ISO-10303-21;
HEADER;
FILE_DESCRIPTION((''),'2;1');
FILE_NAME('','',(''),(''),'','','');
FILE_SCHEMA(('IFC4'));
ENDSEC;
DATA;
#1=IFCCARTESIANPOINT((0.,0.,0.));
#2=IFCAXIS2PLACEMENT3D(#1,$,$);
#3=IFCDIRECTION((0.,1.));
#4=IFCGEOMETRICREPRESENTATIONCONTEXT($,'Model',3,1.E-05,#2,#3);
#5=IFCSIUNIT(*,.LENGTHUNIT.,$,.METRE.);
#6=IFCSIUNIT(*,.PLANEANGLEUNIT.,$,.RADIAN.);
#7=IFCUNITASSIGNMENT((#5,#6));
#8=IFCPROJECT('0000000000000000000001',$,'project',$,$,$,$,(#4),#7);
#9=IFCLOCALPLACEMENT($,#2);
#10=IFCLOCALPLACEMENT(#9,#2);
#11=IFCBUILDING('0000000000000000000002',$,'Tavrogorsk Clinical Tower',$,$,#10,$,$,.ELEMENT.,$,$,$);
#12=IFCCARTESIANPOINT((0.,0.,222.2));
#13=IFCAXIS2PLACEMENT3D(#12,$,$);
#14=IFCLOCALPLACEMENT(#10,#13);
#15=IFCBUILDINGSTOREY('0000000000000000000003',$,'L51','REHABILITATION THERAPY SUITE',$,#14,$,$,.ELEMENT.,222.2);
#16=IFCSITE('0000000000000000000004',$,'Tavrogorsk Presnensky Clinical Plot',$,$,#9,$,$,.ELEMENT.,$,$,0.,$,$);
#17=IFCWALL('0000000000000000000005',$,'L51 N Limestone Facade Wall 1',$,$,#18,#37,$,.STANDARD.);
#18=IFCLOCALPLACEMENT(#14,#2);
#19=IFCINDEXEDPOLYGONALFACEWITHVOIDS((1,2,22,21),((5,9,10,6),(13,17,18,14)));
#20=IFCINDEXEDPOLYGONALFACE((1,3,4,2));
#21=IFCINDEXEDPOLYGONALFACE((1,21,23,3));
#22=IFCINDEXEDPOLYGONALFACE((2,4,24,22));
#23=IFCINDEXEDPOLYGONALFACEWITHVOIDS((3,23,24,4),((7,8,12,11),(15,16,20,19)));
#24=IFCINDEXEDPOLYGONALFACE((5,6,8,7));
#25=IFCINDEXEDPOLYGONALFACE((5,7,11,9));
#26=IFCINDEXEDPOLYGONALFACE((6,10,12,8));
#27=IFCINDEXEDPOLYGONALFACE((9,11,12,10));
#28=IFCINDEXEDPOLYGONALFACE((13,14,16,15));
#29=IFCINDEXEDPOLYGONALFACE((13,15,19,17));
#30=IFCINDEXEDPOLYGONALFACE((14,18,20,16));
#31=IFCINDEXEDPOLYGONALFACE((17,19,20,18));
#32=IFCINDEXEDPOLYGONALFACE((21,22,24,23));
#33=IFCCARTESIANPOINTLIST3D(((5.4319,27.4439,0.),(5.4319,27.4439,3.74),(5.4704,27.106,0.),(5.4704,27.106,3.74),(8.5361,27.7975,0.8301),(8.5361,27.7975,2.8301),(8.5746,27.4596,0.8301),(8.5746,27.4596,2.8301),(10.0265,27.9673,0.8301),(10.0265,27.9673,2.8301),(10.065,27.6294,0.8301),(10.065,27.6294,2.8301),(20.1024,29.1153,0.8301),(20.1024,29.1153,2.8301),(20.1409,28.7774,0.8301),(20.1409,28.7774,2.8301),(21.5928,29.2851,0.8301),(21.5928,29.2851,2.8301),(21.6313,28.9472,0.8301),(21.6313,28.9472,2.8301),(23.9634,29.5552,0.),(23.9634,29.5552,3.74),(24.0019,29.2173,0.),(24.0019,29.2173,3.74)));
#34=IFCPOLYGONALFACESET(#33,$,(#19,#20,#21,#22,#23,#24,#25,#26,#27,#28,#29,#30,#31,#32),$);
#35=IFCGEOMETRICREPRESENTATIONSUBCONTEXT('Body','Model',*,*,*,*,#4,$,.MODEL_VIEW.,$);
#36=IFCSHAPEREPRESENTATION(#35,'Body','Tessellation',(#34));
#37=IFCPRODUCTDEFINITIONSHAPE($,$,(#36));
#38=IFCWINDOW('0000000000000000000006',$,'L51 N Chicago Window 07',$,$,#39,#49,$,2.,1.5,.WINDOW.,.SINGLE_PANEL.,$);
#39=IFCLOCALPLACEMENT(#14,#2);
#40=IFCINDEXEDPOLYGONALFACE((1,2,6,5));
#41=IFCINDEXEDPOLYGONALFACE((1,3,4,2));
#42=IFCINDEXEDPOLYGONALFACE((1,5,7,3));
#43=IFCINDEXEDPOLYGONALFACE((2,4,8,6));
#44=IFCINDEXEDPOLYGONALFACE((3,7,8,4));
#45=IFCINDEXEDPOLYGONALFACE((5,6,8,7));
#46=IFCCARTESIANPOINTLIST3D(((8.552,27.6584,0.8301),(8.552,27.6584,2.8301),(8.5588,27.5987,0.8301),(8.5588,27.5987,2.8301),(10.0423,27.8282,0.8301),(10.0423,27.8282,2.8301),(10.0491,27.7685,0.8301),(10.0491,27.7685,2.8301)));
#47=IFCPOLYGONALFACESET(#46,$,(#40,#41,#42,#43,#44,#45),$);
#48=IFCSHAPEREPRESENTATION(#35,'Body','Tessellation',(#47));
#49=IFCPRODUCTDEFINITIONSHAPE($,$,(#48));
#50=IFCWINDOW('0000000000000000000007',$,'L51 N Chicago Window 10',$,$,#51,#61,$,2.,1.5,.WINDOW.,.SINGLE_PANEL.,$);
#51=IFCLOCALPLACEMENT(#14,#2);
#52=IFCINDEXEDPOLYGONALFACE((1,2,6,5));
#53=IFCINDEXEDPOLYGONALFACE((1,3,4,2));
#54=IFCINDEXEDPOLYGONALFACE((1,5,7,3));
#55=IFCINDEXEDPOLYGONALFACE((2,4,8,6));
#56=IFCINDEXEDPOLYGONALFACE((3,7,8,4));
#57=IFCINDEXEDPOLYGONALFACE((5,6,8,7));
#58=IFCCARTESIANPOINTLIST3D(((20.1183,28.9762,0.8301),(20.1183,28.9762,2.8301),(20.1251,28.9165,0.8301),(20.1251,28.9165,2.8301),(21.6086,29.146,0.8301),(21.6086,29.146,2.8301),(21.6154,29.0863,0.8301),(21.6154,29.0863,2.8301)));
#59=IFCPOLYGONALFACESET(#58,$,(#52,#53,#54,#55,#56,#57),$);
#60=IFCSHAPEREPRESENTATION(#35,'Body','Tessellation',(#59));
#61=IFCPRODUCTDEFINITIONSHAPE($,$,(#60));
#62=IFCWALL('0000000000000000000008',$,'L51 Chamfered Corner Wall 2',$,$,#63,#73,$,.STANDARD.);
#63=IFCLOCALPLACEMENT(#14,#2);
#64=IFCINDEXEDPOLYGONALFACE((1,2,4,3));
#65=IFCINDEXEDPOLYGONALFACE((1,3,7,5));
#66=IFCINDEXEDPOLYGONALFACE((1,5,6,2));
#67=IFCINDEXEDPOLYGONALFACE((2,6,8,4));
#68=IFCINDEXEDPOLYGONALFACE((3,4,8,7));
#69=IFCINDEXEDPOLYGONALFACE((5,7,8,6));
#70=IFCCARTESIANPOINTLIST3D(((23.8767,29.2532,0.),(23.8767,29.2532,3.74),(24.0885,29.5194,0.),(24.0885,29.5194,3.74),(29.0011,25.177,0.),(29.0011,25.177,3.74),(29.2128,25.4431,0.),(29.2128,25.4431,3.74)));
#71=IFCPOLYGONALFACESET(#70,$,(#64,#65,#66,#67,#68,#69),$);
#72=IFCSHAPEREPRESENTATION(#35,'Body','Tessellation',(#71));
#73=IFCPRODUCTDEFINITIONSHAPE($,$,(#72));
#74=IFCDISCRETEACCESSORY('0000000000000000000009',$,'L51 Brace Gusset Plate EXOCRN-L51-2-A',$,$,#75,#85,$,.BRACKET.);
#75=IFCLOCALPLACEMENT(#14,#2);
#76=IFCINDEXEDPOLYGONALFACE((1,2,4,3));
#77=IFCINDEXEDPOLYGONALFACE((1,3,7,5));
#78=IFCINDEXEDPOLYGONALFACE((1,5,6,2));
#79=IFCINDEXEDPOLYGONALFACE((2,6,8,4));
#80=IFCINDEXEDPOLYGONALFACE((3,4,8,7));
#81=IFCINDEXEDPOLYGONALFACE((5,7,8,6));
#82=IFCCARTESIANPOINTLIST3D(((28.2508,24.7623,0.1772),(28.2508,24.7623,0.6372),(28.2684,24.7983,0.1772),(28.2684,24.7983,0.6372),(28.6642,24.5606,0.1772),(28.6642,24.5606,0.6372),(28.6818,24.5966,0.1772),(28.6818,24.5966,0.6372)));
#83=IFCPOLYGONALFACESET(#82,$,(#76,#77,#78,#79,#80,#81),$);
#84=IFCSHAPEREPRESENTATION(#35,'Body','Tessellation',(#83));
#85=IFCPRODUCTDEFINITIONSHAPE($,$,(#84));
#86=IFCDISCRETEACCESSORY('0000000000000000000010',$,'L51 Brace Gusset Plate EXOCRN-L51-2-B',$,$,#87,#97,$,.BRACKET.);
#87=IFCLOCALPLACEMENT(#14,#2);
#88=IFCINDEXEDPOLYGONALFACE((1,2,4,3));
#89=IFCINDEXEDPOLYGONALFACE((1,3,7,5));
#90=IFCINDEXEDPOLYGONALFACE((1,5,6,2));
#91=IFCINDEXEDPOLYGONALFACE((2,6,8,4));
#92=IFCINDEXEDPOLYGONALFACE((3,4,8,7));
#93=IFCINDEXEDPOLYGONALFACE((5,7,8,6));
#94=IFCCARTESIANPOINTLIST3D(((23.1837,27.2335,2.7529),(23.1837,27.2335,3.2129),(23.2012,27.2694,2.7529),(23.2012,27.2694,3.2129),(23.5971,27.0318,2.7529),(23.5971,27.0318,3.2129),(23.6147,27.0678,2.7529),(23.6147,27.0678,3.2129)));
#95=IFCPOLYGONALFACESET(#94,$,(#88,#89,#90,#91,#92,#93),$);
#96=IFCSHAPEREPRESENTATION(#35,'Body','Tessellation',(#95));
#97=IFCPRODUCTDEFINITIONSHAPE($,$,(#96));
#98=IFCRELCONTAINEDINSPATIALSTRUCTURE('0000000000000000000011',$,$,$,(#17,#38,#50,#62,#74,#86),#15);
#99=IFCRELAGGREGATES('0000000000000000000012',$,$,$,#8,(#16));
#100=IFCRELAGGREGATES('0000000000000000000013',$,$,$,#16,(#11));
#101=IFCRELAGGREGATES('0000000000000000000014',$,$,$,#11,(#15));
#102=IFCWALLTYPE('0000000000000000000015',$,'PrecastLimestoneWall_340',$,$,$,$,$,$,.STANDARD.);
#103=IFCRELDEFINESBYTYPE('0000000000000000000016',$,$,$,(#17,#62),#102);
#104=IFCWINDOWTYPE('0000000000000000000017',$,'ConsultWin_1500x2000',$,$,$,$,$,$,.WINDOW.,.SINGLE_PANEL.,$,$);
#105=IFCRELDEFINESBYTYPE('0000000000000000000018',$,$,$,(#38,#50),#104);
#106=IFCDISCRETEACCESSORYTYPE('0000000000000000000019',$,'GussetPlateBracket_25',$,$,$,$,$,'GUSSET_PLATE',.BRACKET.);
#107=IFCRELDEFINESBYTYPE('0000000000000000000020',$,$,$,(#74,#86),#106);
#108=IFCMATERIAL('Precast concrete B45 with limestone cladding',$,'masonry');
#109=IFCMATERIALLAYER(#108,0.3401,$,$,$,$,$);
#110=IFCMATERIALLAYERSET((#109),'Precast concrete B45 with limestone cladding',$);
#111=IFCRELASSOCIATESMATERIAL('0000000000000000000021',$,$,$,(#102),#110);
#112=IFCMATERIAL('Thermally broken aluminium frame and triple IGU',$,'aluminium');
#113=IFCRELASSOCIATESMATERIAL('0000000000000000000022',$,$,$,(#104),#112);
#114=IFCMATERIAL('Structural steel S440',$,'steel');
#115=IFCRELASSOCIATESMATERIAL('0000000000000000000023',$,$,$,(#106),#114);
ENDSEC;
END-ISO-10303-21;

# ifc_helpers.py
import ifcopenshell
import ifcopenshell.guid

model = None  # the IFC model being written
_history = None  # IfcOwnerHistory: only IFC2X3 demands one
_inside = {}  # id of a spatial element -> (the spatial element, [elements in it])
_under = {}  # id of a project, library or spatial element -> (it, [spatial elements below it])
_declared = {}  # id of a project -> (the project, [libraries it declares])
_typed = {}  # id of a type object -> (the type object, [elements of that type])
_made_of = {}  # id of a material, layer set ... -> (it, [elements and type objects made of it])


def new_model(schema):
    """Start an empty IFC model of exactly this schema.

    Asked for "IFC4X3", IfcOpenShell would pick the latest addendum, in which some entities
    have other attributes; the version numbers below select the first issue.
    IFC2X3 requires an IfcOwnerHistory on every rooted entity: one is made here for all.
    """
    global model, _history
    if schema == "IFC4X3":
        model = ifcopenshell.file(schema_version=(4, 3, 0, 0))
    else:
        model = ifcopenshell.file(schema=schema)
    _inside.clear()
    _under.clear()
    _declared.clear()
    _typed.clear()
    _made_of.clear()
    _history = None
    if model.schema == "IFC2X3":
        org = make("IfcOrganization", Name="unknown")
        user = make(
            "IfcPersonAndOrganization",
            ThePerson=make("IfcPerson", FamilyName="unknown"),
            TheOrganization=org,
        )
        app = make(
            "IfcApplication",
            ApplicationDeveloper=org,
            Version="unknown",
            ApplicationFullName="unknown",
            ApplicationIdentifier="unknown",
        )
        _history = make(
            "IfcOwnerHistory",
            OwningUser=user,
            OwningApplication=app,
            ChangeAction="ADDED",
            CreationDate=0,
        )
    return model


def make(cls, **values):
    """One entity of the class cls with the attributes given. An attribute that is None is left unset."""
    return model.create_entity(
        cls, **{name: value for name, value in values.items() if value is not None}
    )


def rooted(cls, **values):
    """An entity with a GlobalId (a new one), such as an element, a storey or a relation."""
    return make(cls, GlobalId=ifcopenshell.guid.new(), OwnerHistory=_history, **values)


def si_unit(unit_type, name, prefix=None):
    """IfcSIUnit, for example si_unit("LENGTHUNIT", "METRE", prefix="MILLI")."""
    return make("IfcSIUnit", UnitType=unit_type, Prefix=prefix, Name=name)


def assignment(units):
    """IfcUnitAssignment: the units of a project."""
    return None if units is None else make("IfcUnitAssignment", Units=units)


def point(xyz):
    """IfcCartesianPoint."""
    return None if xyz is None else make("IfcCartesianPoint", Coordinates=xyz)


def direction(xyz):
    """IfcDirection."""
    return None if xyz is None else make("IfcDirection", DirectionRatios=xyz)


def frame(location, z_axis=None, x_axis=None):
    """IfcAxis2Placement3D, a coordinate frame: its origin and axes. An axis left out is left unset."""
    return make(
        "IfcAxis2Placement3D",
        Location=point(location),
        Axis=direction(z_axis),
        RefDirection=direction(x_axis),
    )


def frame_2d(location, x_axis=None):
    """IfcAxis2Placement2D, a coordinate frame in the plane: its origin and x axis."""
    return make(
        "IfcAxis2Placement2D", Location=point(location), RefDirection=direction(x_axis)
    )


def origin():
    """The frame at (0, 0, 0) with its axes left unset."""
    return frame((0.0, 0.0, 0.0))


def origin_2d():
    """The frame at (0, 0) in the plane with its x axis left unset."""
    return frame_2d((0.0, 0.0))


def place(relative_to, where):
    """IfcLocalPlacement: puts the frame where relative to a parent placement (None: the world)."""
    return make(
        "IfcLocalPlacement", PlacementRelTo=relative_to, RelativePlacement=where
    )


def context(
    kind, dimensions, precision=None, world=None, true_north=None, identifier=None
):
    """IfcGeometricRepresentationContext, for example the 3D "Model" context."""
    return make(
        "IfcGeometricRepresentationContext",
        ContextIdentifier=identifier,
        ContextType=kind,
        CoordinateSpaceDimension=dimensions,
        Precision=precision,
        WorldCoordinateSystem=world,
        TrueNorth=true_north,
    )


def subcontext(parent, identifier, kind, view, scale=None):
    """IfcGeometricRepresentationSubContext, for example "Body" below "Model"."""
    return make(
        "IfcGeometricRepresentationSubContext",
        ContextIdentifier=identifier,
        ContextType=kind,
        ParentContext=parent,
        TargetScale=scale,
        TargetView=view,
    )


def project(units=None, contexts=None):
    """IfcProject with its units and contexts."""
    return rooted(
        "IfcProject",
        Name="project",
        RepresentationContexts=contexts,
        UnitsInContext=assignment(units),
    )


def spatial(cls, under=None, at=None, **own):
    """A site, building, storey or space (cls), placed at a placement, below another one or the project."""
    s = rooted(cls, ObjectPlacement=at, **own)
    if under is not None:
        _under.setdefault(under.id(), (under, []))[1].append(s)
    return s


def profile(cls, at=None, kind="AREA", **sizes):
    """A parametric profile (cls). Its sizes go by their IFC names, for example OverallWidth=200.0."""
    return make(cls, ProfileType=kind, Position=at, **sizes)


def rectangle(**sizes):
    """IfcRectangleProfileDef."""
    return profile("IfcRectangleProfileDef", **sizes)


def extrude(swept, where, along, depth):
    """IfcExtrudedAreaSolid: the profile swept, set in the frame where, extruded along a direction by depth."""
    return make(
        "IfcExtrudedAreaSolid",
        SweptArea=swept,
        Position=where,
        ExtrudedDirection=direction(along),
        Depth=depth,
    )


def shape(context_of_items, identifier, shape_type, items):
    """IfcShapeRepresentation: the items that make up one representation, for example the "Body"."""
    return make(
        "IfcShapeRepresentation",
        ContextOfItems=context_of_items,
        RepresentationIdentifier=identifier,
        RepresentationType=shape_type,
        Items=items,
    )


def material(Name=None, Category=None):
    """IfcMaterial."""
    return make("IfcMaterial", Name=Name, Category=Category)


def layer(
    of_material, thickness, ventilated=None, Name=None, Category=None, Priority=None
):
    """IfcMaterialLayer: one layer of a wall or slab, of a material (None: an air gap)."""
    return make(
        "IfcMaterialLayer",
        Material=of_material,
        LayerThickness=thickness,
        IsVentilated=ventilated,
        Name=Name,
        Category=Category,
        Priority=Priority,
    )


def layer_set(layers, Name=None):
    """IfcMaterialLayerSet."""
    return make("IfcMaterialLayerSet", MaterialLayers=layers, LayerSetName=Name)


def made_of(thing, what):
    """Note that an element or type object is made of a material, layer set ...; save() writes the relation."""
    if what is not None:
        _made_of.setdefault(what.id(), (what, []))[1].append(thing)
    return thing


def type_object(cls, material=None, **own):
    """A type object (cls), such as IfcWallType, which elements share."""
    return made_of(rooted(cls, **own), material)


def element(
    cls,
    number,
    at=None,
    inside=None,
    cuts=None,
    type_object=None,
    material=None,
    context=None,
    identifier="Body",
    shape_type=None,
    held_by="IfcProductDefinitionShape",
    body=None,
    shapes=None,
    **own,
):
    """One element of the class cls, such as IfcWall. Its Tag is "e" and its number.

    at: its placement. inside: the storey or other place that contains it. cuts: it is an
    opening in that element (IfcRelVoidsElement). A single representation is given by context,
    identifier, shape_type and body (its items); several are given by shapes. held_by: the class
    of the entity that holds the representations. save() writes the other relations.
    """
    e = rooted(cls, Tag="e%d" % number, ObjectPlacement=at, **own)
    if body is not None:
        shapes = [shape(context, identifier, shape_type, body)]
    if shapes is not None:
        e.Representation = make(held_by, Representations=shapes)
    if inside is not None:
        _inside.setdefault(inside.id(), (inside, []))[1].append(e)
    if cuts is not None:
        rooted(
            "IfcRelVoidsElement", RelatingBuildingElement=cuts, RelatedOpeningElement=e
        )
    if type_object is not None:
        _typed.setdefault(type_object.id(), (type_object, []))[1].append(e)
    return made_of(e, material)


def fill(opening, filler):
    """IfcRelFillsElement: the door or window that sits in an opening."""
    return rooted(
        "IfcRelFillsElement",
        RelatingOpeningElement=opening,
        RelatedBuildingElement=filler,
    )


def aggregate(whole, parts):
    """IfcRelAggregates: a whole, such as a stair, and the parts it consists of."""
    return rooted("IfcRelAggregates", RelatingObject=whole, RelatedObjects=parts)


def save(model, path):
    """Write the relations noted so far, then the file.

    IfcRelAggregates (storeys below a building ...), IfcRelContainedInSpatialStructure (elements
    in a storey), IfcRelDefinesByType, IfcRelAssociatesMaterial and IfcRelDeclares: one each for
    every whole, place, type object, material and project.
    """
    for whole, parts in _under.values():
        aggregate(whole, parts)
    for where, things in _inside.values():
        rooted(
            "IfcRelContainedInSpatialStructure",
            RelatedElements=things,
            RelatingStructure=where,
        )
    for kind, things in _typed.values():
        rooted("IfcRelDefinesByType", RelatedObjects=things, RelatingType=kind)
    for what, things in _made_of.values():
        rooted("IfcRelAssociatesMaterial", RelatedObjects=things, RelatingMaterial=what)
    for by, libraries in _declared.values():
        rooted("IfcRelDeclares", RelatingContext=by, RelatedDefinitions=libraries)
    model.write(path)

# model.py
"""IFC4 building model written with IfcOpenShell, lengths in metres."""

from ifc_helpers import new_model, si_unit, direction, frame, frame_2d, origin, origin_2d, place, context, subcontext, project, spatial, rectangle, extrude, material, layer, layer_set, type_object, element, fill, save


model = new_model("IFC4")

# Units and contexts
model_context = context("Model", 3, precision=1e-05, world=origin(), true_north=direction((0.0, 1.0)))
body_context = subcontext(model_context, "Body", "Model", "MODEL_VIEW")
ifc_project = project(units=[si_unit("LENGTHUNIT", "METRE"), si_unit("PLANEANGLEUNIT", "RADIAN")], contexts=[model_context])

# Site, building, storey
site_placement = place(None, origin())
site = spatial("IfcSite", under=ifc_project, at=site_placement, Name="Tavrogorsk Presnensky Clinical Plot", CompositionType="ELEMENT", RefElevation=0.0)
building_placement = place(site_placement, origin())
building = spatial("IfcBuilding", under=site, at=building_placement, Name="Tavrogorsk Clinical Tower", CompositionType="ELEMENT")
storey_placement = place(building_placement, frame((0.0, 0.0, 222.2)))
storey = spatial("IfcBuildingStorey", under=building, at=storey_placement, Name="L51", Description="REHABILITATION THERAPY SUITE", CompositionType="ELEMENT", Elevation=222.2)

# Wall, openings, windows
ifc_material_1 = material(Name="Precast concrete B45 with limestone cladding", Category="masonry")
ifc_layer_1 = layer(ifc_material_1, 0.3401)
ifc_layer_set_1 = layer_set([ifc_layer_1], Name="Precast concrete B45 with limestone cladding")
wall_type_1 = type_object("IfcWallType", Name="PrecastLimestoneWall_340", PredefinedType="STANDARD", material=ifc_layer_set_1)
wall_1_placement = place(storey_placement, frame((23.9827, 29.3862, 0.0), z_axis=(0.0, 0.0, 1.0), x_axis=(-0.993572, -0.1132, 0.0)))
wall_1 = element("IfcWall", 1, at=wall_1_placement, inside=storey, type_object=wall_type_1, Name="L51 N Limestone Facade Wall 1", PredefinedType="STANDARD", context=body_context, shape_type="SweptSolid", body=[
    extrude(rectangle(XDim=18.6514, YDim=0.3401, at=frame_2d((9.3257, 0.0))), origin(), (0.0, 0.0, 1.0), 3.74),
])
opening_1_placement = place(wall_1_placement, frame((14.0271, 0.0, 0.8301)))
opening_1 = element("IfcOpeningElement", 2, at=opening_1_placement, cuts=wall_1, PredefinedType="OPENING", context=body_context, shape_type="SweptSolid", body=[
    extrude(rectangle(XDim=1.5, YDim=2.0, at=frame_2d((0.75, 1.0))), frame((0.0, 0.1799, 0.0), z_axis=(0.0, -1.0, 0.0), x_axis=(1.0, 0.0, 0.0)), (0.0, 0.0, 1.0), 0.3601),
])
opening_2_placement = place(wall_1_placement, frame((2.386, 0.0, 0.8301)))
opening_2 = element("IfcOpeningElement", 3, at=opening_2_placement, cuts=wall_1, PredefinedType="OPENING", context=body_context, shape_type="SweptSolid", body=[
    extrude(rectangle(XDim=1.5, YDim=2.0, at=frame_2d((0.75, 1.0))), frame((0.0, 0.1799, 0.0), z_axis=(0.0, -1.0, 0.0), x_axis=(1.0, 0.0, 0.0)), (0.0, 0.0, 1.0), 0.3601),
])
ifc_material_2 = material(Name="Thermally broken aluminium frame and triple IGU", Category="aluminium")
window_type = type_object("IfcWindowType", Name="ConsultWin_1500x2000", PartitioningType="SINGLE_PANEL", PredefinedType="WINDOW", material=ifc_material_2)
window_1_placement = place(opening_1_placement, origin())
window_1 = element("IfcWindow", 4, at=window_1_placement, inside=storey, type_object=window_type, Name="L51 N Chicago Window 07", OverallHeight=2.0, OverallWidth=1.5, PartitioningType="SINGLE_PANEL", PredefinedType="WINDOW", context=body_context, shape_type="SweptSolid", body=[
    extrude(rectangle(XDim=1.5, YDim=2.0, at=frame_2d((0.75, 1.0))), frame((0.0, 0.03, 0.0), z_axis=(0.0, -1.0, 0.0), x_axis=(1.0, 0.0, 0.0)), (0.0, 0.0, 1.0), 0.0601),
])
fill(opening_1, window_1)
window_2_placement = place(opening_2_placement, origin())
window_2 = element("IfcWindow", 5, at=window_2_placement, inside=storey, type_object=window_type, Name="L51 N Chicago Window 10", OverallHeight=2.0, OverallWidth=1.5, PartitioningType="SINGLE_PANEL", PredefinedType="WINDOW", context=body_context, shape_type="SweptSolid", body=[
    extrude(rectangle(XDim=1.5, YDim=2.0, at=frame_2d((0.75, 1.0))), frame((0.0, 0.03, 0.0), z_axis=(0.0, -1.0, 0.0), x_axis=(1.0, 0.0, 0.0)), (0.0, 0.0, 1.0), 0.0601),
])
fill(opening_2, window_2)

# Wall
wall_2_placement = place(storey_placement, frame((29.1069, 25.3101, 0.0), z_axis=(0.0, 0.0, 1.0), x_axis=(-0.782597, 0.622528, 0.0)))
element("IfcWall", 6, at=wall_2_placement, inside=storey, type_object=wall_type_1, Name="L51 Chamfered Corner Wall 2", PredefinedType="STANDARD", context=body_context, shape_type="SweptSolid", body=[
    extrude(rectangle(XDim=6.5479, YDim=0.3401, at=frame_2d((3.2739, 0.0))), origin(), (0.0, 0.0, 1.0), 3.74),
])

# Discrete accessories
ifc_material_3 = material(Name="Structural steel S440", Category="steel")
discrete_accessory_type = type_object("IfcDiscreteAccessoryType", Name="GussetPlateBracket_25", ElementType="GUSSET_PLATE", PredefinedType="BRACKET", material=ifc_material_3)
for number, where, z_axis, x_axis, name in (
    (7, (28.4663, 24.6794, 0.1772), (0.0, 0.0, 1.0), (-0.898794, 0.438371, 0.0), "L51 Brace Gusset Plate EXOCRN-L51-2-A"),
    (8, (23.3992, 27.1506, 2.7529), (0.0, 0.0, 1.0), (-0.898794, 0.438371, 0.0), "L51 Brace Gusset Plate EXOCRN-L51-2-B"),
):
    element("IfcDiscreteAccessory", number, at=place(storey_placement, frame(where, z_axis=z_axis, x_axis=x_axis)), inside=storey, type_object=discrete_accessory_type, Name=name, PredefinedType="BRACKET", context=body_context, shape_type="SweptSolid", body=[
        extrude(rectangle(XDim=0.46, YDim=0.04, at=origin_2d()), origin(), (0.0, 0.0, 1.0), 0.46),
    ])

save(model, "model.ifc")
